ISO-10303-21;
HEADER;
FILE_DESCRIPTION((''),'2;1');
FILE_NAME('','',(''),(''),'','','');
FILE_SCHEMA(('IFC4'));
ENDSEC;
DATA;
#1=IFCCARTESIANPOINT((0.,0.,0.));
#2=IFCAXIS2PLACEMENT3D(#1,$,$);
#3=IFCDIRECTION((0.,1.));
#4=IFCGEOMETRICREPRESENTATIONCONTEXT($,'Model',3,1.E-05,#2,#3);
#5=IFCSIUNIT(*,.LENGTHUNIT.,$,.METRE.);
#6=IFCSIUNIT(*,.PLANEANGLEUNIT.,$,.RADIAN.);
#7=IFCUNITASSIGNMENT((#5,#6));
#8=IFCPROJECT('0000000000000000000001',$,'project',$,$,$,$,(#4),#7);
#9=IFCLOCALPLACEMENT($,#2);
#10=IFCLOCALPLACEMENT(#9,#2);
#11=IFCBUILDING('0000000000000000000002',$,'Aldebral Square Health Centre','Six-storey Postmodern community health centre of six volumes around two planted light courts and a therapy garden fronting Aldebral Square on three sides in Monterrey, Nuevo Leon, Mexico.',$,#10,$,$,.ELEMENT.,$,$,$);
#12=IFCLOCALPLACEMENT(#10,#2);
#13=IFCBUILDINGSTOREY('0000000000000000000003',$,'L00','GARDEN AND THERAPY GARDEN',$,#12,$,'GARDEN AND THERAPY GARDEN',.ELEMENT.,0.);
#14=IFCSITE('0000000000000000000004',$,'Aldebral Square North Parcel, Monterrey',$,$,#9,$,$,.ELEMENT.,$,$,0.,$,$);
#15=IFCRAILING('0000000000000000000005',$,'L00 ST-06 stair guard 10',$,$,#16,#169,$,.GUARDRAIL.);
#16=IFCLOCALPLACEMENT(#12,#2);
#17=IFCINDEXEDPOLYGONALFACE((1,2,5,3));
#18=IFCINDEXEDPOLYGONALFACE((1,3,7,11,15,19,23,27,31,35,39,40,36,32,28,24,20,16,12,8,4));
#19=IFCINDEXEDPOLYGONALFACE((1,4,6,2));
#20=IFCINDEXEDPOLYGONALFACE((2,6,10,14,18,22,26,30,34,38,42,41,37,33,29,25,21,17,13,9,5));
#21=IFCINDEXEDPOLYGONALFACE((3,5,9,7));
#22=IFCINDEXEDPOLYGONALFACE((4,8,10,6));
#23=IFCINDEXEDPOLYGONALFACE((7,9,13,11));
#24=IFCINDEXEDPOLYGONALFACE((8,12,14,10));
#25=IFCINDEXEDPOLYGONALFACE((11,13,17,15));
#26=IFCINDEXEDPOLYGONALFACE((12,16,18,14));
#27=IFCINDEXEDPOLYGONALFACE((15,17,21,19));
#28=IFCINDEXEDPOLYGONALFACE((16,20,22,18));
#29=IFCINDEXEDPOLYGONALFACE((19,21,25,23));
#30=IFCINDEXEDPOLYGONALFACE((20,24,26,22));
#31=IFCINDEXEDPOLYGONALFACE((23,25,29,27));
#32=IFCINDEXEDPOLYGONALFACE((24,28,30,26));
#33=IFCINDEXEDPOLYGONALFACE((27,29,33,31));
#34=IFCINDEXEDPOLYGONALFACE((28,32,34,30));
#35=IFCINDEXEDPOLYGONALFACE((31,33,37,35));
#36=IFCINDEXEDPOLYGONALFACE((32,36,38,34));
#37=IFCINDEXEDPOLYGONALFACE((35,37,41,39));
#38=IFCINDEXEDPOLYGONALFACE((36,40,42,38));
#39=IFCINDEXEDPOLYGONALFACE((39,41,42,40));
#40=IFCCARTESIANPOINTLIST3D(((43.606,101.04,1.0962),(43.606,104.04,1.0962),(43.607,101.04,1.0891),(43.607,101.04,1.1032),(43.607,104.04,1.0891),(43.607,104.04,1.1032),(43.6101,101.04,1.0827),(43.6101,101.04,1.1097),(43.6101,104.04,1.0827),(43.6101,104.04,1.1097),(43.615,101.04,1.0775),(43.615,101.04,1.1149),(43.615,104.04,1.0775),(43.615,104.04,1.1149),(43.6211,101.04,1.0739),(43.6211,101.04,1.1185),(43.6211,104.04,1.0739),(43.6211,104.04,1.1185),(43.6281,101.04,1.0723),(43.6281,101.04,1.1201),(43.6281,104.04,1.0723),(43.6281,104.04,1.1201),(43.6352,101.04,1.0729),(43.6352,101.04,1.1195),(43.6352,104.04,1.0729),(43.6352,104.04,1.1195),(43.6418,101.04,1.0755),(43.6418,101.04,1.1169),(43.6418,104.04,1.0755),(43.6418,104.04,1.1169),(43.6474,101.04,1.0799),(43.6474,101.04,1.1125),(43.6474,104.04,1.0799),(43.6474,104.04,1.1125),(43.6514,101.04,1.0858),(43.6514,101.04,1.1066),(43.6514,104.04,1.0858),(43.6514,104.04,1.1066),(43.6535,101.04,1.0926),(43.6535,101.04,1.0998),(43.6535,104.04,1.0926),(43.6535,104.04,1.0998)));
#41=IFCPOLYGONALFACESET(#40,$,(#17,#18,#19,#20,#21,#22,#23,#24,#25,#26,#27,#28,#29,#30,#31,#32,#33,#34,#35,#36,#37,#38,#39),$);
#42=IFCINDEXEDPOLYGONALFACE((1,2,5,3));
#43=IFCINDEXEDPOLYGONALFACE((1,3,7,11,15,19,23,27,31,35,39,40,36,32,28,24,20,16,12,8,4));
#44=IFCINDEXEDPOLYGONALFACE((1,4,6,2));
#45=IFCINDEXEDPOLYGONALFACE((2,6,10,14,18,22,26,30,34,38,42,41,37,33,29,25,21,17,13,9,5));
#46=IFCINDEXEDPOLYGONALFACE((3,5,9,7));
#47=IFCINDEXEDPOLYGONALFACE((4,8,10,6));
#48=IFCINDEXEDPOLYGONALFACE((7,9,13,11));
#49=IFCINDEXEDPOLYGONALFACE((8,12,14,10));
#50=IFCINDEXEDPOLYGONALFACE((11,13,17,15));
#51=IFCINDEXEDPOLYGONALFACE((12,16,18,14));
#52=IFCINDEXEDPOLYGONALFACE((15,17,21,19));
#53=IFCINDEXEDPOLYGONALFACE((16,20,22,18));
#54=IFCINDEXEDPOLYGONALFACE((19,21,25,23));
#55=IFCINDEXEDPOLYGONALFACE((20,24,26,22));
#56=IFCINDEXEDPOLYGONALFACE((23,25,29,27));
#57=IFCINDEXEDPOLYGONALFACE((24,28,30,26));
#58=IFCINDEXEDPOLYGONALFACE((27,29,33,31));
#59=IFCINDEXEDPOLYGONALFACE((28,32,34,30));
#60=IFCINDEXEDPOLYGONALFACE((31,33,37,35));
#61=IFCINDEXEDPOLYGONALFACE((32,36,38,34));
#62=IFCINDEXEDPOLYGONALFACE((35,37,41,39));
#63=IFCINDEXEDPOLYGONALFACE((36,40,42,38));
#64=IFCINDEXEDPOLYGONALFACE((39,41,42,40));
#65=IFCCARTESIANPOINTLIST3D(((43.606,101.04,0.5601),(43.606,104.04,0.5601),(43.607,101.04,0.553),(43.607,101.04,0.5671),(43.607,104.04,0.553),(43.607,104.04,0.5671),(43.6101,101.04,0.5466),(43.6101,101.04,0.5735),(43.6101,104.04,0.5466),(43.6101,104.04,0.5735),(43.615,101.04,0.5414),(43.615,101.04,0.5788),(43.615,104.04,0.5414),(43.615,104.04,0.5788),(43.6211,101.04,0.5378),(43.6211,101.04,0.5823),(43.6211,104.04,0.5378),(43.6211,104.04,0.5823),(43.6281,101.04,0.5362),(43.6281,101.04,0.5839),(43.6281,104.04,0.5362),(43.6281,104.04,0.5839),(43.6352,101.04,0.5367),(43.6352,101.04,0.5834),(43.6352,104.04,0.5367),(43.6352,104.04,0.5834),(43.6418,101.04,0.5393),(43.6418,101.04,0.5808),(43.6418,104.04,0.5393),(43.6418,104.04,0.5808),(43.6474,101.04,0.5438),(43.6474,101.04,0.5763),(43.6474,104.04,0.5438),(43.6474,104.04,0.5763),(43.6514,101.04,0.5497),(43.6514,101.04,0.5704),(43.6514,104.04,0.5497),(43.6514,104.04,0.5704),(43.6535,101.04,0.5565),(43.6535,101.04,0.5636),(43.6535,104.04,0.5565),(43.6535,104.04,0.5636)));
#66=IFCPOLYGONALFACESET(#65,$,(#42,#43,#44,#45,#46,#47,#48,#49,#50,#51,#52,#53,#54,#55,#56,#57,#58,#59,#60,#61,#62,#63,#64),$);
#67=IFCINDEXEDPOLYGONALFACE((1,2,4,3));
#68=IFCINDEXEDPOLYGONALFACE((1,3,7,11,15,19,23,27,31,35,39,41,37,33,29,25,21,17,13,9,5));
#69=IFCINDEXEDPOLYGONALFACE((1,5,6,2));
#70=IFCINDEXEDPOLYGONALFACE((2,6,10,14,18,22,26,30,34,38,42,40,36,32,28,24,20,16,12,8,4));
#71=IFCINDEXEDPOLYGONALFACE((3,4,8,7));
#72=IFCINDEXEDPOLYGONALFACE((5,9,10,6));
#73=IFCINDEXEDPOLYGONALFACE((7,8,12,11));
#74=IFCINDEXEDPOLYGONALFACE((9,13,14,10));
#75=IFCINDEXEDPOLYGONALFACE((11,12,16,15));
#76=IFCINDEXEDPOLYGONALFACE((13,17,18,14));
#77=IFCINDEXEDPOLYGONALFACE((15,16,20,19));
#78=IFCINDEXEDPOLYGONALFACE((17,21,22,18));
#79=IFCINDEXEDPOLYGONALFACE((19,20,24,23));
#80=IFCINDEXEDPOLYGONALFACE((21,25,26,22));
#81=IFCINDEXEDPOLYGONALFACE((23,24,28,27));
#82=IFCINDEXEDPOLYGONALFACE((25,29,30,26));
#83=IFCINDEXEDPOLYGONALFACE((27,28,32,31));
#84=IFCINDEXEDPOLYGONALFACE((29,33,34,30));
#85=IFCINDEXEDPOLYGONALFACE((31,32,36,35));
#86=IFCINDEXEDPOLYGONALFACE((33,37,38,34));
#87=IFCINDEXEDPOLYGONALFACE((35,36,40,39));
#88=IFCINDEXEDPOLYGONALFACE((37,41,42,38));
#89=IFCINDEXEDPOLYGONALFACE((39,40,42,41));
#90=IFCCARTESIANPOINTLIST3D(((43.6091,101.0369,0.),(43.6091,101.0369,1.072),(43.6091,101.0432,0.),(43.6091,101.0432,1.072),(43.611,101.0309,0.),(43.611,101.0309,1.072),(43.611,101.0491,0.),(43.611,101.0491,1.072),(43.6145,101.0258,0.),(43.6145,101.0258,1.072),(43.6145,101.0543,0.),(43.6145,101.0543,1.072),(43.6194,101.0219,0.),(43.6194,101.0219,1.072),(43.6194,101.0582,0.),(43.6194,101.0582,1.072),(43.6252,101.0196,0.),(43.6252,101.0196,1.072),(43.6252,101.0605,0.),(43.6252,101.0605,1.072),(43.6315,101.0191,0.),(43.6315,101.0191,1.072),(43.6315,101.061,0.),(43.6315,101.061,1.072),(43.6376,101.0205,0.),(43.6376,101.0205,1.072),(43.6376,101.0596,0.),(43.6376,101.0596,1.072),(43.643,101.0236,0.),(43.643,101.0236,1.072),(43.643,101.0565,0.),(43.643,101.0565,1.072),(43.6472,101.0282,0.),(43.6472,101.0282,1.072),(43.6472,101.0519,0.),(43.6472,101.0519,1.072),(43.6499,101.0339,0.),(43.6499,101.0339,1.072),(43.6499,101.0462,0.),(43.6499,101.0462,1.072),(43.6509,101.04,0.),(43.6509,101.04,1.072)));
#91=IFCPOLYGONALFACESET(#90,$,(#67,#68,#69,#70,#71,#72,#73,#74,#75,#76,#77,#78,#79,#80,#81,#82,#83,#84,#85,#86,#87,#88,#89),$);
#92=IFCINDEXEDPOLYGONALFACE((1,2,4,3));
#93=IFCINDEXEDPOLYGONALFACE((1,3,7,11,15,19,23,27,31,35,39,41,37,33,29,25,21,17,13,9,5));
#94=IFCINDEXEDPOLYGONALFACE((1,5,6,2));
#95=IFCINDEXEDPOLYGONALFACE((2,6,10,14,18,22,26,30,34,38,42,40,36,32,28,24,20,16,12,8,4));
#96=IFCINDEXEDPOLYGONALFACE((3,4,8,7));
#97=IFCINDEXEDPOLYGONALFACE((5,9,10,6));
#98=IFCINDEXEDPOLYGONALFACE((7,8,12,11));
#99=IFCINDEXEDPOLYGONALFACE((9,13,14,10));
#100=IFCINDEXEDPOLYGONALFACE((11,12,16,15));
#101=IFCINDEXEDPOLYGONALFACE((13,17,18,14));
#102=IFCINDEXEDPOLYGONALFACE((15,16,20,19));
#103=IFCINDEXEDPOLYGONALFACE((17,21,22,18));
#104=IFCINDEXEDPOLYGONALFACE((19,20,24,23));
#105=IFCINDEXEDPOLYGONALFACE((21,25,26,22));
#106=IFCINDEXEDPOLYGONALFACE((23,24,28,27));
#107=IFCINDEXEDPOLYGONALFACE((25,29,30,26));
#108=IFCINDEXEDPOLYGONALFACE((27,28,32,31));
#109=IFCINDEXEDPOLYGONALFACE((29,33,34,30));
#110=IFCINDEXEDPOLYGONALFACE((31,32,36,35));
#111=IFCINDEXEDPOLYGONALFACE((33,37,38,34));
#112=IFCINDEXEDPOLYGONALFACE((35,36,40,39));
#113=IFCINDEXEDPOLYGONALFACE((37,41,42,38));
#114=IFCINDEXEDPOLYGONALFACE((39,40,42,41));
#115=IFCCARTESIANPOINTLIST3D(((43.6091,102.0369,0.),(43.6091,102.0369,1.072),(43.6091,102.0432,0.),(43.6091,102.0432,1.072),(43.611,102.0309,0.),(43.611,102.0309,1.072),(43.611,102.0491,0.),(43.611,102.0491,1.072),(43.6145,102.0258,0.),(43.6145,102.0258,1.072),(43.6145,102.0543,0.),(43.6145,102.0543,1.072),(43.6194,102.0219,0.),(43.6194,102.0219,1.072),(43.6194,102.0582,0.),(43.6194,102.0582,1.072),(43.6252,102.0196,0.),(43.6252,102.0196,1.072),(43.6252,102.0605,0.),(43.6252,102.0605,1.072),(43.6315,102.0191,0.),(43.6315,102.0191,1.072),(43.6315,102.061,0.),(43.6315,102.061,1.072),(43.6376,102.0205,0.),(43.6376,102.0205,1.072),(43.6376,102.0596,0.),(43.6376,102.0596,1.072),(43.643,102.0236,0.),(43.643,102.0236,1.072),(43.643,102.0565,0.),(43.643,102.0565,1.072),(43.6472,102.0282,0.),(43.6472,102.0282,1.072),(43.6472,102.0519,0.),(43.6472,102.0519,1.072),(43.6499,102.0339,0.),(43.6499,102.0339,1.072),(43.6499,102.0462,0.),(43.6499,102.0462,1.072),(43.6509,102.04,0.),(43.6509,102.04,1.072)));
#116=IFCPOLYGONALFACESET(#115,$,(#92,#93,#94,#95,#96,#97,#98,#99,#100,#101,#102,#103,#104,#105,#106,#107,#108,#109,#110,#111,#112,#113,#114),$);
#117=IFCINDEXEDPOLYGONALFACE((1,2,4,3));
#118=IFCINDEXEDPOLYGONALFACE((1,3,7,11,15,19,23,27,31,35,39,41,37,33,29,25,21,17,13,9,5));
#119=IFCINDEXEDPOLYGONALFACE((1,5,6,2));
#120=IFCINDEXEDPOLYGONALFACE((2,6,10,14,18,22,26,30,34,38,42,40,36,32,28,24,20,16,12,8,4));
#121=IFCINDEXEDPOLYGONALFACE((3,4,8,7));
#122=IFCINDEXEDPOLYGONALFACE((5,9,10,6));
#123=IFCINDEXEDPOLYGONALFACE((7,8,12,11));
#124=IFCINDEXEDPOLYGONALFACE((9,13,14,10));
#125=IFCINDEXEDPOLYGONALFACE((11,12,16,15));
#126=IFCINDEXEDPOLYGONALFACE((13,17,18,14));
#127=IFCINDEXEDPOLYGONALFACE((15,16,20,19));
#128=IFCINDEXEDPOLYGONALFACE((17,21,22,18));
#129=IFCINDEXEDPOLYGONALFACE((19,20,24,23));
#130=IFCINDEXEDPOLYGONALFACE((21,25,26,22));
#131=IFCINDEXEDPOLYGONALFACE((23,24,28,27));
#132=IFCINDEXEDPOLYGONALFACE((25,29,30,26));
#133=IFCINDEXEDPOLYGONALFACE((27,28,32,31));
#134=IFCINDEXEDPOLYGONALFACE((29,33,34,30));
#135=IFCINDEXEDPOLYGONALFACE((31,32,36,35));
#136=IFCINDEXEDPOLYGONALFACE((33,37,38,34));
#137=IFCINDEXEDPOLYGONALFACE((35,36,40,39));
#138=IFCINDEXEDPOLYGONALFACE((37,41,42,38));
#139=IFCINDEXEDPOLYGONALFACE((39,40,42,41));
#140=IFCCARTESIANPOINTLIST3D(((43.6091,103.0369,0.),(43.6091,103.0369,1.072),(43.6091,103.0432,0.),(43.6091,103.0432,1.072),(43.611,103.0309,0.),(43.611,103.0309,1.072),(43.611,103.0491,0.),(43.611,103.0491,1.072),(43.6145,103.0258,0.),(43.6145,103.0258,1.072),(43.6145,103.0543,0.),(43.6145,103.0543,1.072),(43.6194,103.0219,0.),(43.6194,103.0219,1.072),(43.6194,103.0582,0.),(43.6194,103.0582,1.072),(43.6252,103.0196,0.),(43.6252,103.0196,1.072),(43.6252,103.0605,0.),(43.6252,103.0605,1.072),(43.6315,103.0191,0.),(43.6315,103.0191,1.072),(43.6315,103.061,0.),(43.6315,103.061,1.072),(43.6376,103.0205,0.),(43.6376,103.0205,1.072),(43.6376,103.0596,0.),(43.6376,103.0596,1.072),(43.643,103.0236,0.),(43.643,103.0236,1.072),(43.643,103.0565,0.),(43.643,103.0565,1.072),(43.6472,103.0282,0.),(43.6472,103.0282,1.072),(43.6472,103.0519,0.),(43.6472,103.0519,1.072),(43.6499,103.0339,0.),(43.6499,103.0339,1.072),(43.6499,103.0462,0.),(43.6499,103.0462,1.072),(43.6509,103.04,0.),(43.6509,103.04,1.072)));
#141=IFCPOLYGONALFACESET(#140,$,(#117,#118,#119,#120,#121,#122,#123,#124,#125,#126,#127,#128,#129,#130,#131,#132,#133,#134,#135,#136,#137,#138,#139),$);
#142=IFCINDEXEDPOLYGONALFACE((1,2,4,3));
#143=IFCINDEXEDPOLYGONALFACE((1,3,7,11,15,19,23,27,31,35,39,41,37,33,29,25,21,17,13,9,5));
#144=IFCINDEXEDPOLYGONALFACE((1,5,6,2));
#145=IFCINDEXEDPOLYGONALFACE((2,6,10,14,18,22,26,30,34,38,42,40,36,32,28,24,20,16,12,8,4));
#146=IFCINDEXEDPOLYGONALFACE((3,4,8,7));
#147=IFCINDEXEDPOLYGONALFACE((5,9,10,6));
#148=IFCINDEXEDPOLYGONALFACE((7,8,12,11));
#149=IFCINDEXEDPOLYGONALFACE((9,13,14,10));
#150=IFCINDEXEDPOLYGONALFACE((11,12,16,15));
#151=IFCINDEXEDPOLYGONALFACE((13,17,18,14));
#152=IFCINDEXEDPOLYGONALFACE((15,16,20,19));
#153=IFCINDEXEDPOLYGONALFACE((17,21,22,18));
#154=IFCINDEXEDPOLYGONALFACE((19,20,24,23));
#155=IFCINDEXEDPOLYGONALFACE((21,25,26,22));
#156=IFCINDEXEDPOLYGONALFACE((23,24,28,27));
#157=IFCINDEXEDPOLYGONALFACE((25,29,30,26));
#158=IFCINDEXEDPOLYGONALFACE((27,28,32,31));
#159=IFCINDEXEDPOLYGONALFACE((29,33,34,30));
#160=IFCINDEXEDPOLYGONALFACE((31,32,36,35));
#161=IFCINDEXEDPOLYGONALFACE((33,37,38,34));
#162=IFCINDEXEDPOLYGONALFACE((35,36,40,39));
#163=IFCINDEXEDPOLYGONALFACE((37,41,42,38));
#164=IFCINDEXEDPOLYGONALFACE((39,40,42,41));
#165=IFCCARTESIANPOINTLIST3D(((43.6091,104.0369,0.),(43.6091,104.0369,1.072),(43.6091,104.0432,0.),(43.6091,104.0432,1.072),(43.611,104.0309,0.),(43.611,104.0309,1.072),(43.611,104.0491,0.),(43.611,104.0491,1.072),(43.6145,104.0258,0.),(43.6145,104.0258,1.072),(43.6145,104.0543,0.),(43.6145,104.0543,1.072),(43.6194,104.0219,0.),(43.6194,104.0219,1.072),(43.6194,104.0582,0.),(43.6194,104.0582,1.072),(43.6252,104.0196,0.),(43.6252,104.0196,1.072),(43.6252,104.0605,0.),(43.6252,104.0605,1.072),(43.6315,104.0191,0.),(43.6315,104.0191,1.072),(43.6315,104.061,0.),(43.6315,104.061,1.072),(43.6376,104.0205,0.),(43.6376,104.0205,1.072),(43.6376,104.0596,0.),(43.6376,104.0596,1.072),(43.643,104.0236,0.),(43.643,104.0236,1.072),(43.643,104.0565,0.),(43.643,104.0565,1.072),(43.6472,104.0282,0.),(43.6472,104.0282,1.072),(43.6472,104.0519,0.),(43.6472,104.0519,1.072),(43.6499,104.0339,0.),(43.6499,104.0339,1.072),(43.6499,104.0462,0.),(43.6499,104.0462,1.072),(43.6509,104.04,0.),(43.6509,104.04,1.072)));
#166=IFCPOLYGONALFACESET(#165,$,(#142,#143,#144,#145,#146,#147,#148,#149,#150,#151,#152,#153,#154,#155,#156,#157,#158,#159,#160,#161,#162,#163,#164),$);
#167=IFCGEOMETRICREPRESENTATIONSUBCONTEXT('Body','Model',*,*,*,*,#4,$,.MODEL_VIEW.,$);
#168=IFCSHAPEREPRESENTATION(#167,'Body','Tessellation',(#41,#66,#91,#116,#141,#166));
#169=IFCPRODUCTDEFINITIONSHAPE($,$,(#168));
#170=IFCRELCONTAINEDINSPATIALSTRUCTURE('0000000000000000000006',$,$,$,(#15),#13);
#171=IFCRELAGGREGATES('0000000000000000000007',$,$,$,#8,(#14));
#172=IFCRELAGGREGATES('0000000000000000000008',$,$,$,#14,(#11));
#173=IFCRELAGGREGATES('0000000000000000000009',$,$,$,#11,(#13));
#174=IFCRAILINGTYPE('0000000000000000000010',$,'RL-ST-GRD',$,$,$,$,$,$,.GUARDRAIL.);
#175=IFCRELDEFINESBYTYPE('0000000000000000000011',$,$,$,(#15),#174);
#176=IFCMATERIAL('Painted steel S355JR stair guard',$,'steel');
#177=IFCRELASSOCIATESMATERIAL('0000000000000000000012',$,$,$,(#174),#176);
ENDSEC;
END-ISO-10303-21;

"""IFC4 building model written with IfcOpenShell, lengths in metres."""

from ifc_helpers import new_model, si_unit, direction, frame, origin, origin_2d, place, context, subcontext, project, spatial, circle, extrude, material, type_object, element, save


model = new_model("IFC4")

# Units and contexts
model_context = context("Model", 3, precision=1e-05, world=origin(), true_north=direction((0.0, 1.0)))
body_context = subcontext(model_context, "Body", "Model", "MODEL_VIEW")
ifc_project = project(units=[si_unit("LENGTHUNIT", "METRE"), si_unit("PLANEANGLEUNIT", "RADIAN")], contexts=[model_context])

# Site, building, storey
site_placement = place(None, origin())
site = spatial("IfcSite", under=ifc_project, at=site_placement, Name="Aldebral Square North Parcel, Monterrey", CompositionType="ELEMENT", RefElevation=0.0)
building_placement = place(site_placement, origin())
building = spatial("IfcBuilding", under=site, at=building_placement, Name="Aldebral Square Health Centre", Description="Six-storey Postmodern community health centre of six volumes around two planted light courts and a therapy garden fronting Aldebral Square on three sides in Monterrey, Nuevo Leon, Mexico.", CompositionType="ELEMENT")
storey_placement = place(building_placement, origin())
storey = spatial("IfcBuildingStorey", under=building, at=storey_placement, Name="L00", Description="GARDEN AND THERAPY GARDEN", LongName="GARDEN AND THERAPY GARDEN", CompositionType="ELEMENT", Elevation=0.0)

# Railing
ifc_material_1 = material(Name="Painted steel S355JR stair guard", Category="steel")
railing_type_1 = type_object("IfcRailingType", Name="RL-ST-GRD", PredefinedType="GUARDRAIL", material=ifc_material_1)
railing_1_placement = place(storey_placement, frame((43.6299, 101.04, 0.0)))
element("IfcRailing", 1, at=railing_1_placement, inside=storey, type_object=railing_type_1, Name="L00 ST-06 stair guard 10", PredefinedType="GUARDRAIL", context=body_context, shape_type="SweptSolid", body=[
    extrude(circle(Radius=0.0239, at=origin_2d()), frame((0.0, 0.0, 1.0962), z_axis=(0.0, 1.0, 0.0), x_axis=(-1.0, 0.0, 0.0)), (0.0, 0.0, 1.0), 3.0),
    extrude(circle(Radius=0.0239, at=origin_2d()), frame((0.0, 0.0, 0.5601), z_axis=(0.0, 1.0, 0.0), x_axis=(-1.0, 0.0, 0.0)), (0.0, 0.0, 1.0), 3.0),
    extrude(circle(Radius=0.021, at=origin_2d()), origin(), (0.0, 0.0, 1.0), 1.072),
    extrude(circle(Radius=0.021, at=origin_2d()), frame((0.0, 1.0, 0.0)), (0.0, 0.0, 1.0), 1.072),
    extrude(circle(Radius=0.021, at=origin_2d()), frame((0.0, 2.0, 0.0)), (0.0, 0.0, 1.0), 1.072),
    extrude(circle(Radius=0.021, at=origin_2d()), frame((0.0, 3.0, 0.0)), (0.0, 0.0, 1.0), 1.072),
])

save(model, "model.ifc")
